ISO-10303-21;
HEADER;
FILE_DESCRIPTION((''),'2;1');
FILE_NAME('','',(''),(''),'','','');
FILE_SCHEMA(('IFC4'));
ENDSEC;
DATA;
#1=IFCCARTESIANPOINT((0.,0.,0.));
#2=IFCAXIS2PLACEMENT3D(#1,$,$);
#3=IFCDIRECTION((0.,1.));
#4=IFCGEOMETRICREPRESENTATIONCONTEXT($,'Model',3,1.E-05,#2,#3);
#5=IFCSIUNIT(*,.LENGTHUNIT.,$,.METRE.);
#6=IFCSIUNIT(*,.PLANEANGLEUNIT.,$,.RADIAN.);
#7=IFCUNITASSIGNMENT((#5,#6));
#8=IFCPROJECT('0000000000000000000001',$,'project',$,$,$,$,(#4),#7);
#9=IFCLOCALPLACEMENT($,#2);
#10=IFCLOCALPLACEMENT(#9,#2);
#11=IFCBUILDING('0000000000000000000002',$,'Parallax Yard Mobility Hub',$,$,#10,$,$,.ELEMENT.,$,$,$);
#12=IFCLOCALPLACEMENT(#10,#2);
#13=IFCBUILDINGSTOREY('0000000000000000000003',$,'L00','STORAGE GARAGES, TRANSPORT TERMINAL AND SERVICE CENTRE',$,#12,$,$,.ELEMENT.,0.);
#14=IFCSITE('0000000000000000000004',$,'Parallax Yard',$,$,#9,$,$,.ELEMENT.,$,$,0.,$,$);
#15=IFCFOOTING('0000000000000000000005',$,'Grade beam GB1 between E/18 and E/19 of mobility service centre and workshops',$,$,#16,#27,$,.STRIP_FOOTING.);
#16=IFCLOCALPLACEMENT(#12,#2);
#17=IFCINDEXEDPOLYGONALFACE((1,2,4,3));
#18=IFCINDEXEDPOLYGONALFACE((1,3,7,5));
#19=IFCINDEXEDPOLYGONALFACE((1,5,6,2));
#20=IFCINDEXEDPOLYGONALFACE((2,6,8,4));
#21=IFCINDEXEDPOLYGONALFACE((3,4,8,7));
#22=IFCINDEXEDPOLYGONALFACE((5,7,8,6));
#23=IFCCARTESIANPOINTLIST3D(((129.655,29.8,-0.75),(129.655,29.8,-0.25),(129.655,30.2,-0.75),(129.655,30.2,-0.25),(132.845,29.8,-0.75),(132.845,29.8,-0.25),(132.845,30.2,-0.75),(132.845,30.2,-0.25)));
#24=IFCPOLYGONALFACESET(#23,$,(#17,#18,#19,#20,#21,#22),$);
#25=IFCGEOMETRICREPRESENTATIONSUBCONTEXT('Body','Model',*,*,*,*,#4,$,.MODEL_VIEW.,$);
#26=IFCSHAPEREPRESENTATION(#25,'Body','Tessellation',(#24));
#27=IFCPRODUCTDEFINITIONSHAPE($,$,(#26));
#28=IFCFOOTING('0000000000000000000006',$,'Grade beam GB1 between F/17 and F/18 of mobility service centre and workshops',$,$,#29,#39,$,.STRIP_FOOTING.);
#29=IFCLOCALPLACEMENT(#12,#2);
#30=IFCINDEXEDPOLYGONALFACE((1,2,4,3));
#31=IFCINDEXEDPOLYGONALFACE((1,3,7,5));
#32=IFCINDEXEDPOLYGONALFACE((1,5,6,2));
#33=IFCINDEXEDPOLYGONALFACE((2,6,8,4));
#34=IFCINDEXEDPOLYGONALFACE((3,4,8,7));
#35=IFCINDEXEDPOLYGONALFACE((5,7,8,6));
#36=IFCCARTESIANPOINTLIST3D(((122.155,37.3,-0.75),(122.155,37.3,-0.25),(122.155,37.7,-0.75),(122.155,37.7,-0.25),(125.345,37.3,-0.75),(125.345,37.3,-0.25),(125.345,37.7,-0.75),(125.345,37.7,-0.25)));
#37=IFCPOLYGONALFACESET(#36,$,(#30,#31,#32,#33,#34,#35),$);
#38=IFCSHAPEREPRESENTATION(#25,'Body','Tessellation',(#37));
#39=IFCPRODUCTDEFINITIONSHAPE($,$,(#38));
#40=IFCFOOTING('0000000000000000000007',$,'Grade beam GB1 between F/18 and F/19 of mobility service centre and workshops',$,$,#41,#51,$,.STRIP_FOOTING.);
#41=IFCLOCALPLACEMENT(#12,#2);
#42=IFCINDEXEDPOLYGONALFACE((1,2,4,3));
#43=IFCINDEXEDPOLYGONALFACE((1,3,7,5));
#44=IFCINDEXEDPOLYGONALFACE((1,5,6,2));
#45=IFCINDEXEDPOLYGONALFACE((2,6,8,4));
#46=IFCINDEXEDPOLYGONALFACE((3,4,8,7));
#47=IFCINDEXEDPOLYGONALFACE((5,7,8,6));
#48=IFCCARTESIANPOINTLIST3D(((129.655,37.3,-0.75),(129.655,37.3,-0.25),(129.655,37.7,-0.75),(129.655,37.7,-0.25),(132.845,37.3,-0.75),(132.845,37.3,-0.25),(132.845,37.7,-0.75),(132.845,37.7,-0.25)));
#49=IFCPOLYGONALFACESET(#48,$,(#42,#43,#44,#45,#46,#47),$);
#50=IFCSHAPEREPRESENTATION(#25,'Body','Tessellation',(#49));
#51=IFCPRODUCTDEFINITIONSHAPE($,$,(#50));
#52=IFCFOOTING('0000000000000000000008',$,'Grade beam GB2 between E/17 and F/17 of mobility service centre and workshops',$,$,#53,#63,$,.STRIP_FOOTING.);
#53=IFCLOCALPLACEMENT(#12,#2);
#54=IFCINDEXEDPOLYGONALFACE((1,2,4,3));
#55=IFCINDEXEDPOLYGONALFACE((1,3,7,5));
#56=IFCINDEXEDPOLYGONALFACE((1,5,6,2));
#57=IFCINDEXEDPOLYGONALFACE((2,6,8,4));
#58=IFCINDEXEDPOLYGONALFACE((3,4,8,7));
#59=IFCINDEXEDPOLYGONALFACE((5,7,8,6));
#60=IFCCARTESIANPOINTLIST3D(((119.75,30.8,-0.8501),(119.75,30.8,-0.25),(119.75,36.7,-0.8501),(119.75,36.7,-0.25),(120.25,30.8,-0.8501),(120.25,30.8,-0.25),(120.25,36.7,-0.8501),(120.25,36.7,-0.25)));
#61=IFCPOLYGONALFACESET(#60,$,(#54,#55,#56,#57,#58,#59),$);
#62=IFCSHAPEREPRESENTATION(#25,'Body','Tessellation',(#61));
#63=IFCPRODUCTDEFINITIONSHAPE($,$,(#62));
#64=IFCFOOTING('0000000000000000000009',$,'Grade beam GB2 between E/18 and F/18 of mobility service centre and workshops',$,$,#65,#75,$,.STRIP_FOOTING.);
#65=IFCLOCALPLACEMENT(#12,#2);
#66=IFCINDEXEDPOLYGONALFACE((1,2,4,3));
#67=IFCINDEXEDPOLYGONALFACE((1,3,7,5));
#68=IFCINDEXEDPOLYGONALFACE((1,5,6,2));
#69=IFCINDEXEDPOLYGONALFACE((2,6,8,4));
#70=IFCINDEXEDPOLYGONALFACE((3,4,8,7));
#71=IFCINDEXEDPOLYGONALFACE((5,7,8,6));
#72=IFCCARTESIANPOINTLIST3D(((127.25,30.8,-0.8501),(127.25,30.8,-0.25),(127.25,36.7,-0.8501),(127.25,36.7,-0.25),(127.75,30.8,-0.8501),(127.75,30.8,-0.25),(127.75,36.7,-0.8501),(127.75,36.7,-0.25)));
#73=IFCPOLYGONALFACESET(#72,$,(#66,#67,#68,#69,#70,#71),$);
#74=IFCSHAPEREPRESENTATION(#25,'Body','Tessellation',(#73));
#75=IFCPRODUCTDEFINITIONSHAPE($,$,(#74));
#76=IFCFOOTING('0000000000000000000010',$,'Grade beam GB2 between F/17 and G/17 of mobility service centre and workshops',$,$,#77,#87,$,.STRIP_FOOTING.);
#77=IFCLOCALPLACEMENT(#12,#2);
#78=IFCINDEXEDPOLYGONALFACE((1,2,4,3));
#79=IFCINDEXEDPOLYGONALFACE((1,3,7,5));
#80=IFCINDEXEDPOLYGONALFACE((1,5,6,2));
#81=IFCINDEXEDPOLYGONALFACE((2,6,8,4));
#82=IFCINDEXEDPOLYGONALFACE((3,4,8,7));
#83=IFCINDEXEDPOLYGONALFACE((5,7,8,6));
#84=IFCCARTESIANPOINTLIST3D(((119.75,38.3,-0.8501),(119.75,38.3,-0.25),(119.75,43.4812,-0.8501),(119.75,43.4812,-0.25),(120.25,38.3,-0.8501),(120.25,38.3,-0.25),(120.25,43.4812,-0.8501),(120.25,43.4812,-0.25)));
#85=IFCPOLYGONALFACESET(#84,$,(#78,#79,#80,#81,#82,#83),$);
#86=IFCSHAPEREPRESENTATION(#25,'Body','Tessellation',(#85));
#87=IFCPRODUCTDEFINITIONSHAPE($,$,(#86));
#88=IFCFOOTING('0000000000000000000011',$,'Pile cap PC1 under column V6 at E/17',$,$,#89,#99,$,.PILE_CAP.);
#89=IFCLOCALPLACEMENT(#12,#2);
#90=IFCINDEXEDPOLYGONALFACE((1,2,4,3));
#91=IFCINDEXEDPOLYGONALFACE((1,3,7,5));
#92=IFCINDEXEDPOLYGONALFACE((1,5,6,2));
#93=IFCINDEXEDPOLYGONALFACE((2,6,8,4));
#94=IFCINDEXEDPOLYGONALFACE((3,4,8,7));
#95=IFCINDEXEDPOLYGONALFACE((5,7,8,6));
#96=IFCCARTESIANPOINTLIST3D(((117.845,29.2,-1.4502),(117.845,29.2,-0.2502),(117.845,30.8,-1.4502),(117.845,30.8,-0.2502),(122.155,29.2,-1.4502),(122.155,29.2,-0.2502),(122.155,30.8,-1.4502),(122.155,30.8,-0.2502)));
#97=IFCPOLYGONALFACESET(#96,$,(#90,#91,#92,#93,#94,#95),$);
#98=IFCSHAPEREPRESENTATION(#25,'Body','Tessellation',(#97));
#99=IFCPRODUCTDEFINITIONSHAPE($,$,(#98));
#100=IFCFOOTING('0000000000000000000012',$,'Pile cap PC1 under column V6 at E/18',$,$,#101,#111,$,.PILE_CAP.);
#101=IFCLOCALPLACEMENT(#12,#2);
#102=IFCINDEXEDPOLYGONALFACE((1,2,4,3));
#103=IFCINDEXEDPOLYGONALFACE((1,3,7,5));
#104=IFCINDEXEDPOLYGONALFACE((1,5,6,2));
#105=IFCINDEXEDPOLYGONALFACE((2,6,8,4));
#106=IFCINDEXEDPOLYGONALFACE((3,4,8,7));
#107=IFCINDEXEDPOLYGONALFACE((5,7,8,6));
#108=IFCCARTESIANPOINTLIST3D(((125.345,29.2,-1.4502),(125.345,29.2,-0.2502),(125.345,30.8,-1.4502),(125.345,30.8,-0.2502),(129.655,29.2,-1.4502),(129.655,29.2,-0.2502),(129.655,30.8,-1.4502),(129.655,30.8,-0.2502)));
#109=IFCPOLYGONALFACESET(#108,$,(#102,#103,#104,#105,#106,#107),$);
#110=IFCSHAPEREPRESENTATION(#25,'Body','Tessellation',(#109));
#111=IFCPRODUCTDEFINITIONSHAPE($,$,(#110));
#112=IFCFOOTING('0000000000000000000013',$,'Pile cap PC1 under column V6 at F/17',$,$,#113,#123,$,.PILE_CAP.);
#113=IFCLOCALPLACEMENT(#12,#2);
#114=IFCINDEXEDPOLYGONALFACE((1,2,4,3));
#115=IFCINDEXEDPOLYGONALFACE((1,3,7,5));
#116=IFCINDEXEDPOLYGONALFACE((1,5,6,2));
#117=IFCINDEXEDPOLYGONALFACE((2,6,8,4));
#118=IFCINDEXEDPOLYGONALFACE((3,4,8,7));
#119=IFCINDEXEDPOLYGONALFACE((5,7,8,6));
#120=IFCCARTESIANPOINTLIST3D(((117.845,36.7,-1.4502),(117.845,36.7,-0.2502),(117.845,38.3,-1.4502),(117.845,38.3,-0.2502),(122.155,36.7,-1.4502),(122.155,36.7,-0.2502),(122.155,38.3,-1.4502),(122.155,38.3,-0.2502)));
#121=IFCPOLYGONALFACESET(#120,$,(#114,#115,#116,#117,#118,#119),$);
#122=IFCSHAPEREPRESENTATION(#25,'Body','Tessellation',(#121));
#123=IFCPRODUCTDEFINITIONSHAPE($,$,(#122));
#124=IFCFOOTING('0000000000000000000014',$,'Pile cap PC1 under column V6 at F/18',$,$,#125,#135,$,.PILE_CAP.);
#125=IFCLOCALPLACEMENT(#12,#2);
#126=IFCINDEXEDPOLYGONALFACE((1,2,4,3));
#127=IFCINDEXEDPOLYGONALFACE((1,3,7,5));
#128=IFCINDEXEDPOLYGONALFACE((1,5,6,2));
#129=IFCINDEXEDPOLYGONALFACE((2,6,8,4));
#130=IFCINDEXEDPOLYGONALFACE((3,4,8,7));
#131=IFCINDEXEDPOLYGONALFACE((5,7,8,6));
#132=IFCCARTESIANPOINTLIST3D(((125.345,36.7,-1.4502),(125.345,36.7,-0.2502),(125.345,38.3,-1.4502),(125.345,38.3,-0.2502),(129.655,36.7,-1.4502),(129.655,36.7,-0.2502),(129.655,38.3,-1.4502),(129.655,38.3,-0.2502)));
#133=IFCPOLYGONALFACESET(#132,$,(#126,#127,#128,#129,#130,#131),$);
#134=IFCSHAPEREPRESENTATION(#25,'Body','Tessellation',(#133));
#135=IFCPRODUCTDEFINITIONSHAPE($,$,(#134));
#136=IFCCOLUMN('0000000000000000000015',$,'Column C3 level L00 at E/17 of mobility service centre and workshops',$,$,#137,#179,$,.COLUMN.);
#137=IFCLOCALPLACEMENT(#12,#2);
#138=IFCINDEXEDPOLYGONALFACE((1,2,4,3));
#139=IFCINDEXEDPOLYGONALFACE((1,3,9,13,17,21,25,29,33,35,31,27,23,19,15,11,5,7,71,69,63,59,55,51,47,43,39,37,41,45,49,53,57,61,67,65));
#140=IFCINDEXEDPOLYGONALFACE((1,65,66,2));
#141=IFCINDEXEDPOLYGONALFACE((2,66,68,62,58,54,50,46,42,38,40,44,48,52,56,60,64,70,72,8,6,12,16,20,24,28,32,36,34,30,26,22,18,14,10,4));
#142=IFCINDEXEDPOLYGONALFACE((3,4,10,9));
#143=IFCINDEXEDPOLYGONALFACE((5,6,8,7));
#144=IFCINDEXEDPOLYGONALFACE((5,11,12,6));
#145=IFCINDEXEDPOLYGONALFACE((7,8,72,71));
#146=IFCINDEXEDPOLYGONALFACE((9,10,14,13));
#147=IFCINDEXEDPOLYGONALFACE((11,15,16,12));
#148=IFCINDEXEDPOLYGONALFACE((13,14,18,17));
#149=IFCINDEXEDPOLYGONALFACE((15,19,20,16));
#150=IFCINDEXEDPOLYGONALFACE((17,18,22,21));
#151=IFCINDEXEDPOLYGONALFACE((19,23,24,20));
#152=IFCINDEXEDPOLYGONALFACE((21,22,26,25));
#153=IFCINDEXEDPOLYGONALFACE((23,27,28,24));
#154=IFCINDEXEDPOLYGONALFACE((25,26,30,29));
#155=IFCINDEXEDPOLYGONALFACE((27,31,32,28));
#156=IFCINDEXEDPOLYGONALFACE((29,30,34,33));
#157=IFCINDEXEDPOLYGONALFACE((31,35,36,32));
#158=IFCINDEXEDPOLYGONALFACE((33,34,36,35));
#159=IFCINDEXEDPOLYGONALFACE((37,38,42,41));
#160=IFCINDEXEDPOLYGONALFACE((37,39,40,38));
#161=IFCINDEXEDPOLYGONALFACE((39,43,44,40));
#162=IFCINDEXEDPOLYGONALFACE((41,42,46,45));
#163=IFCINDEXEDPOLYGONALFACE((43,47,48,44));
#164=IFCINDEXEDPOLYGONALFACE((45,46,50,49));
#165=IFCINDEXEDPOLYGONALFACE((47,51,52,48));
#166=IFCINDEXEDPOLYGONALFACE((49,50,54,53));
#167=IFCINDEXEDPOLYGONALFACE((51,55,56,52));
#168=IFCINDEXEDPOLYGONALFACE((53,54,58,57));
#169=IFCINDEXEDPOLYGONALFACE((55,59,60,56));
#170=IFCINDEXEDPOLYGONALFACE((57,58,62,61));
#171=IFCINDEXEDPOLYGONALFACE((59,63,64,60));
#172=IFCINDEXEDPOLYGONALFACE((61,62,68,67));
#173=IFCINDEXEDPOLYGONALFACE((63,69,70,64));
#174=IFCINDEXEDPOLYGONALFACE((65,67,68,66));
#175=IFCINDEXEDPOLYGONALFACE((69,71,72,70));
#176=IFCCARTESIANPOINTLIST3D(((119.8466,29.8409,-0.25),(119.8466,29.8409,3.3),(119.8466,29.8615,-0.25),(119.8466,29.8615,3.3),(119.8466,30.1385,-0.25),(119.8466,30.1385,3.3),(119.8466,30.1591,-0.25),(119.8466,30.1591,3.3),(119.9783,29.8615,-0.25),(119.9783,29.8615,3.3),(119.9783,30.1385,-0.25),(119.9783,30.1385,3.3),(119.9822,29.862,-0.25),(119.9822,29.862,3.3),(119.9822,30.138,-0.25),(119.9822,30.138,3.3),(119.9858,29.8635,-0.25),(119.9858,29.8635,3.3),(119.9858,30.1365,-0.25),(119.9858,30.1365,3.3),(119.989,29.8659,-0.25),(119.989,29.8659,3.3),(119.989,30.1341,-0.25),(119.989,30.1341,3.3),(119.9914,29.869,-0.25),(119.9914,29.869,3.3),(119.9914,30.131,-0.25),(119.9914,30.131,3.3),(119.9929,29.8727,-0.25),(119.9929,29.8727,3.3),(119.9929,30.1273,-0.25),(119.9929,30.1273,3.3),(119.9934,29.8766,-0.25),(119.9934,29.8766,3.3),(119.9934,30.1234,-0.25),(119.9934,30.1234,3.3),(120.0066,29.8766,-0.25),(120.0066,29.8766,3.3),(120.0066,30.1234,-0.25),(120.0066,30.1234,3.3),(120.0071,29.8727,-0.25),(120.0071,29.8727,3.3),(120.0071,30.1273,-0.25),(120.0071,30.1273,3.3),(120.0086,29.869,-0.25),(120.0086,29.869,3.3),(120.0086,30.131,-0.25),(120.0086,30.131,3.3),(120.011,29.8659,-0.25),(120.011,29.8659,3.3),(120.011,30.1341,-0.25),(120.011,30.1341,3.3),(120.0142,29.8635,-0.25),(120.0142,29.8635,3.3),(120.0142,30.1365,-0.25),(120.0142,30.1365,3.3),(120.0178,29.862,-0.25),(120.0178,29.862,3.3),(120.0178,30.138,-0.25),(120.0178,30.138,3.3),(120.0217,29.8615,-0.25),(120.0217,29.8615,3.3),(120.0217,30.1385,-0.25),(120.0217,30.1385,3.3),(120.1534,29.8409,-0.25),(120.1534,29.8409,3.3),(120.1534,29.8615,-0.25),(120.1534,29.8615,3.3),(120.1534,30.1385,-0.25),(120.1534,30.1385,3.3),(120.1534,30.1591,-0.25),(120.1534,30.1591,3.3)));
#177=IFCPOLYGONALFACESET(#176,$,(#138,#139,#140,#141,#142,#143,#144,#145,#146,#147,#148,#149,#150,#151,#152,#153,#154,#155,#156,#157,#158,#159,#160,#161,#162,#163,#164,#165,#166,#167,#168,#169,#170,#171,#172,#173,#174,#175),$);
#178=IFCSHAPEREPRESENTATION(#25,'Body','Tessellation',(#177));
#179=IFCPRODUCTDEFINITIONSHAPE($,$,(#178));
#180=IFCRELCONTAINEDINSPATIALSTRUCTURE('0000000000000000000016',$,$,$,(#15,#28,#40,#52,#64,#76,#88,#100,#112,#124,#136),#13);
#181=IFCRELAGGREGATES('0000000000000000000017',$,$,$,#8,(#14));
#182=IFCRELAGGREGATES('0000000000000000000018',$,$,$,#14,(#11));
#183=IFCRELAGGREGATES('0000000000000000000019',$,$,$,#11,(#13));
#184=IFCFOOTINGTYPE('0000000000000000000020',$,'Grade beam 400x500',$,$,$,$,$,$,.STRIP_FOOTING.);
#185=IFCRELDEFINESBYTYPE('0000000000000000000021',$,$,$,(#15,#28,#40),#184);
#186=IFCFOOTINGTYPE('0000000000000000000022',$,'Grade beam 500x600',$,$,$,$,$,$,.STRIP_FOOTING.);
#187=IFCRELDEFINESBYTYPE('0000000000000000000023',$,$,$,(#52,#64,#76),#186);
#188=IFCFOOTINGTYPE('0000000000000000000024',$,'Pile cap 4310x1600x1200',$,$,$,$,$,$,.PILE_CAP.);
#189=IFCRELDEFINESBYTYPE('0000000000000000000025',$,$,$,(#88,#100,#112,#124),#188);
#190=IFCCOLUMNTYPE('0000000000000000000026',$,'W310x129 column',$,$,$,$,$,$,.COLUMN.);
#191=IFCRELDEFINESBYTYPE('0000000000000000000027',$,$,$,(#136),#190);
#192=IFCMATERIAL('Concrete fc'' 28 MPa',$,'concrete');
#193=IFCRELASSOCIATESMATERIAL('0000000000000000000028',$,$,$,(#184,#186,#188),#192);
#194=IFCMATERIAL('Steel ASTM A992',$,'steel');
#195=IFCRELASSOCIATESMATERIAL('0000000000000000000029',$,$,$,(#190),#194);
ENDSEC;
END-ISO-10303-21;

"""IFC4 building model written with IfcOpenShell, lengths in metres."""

from ifc_helpers import new_model, si_unit, direction, frame, origin, origin_2d, place, context, subcontext, project, spatial, rectangle, i_section, extrude, material, material_profile, profile_set, type_object, element, save


model = new_model("IFC4")

# Units and contexts
model_context = context("Model", 3, precision=1e-05, world=origin(), true_north=direction((0.0, 1.0)))
body_context = subcontext(model_context, "Body", "Model", "MODEL_VIEW")
ifc_project = project(units=[si_unit("LENGTHUNIT", "METRE"), si_unit("PLANEANGLEUNIT", "RADIAN")], contexts=[model_context])

# Site, building, storey
site_placement = place(None, origin())
site = spatial("IfcSite", under=ifc_project, at=site_placement, Name="Parallax Yard", CompositionType="ELEMENT", RefElevation=0.0)
building_placement = place(site_placement, origin())
building = spatial("IfcBuilding", under=site, at=building_placement, Name="Parallax Yard Mobility Hub", CompositionType="ELEMENT")
storey_placement = place(building_placement, origin())
storey = spatial("IfcBuildingStorey", under=building, at=storey_placement, Name="L00", Description="STORAGE GARAGES, TRANSPORT TERMINAL AND SERVICE CENTRE", CompositionType="ELEMENT", Elevation=0.0)

# Shared definitions
ifc_material_1 = material(Name="Concrete fc' 28 MPa", Category="concrete")

# Footings
ifc_material_profile_1 = material_profile(ifc_material_1, rectangle(XDim=0.3999, YDim=0.5, at=origin_2d()), Name="Grade beam 400x500")
ifc_profile_set_1 = profile_set([ifc_material_profile_1], Name="Concrete fc' 28 MPa")
footing_type_1 = type_object("IfcFootingType", Name="Grade beam 400x500", PredefinedType="STRIP_FOOTING", material=ifc_profile_set_1)
for number, where, z_axis, x_axis, name in (
    (1, (129.655, 30.0, -0.5), (1.0, 0.0, 0.0), (0.0, 1.0, 0.0), "Grade beam GB1 between E/18 and E/19 of mobility service centre and workshops"),
    (2, (122.155, 37.5, -0.5), (1.0, 0.0, 0.0), (0.0, 1.0, 0.0), "Grade beam GB1 between F/17 and F/18 of mobility service centre and workshops"),
    (3, (129.655, 37.5, -0.5), (1.0, 0.0, 0.0), (0.0, 1.0, 0.0), "Grade beam GB1 between F/18 and F/19 of mobility service centre and workshops"),
):
    element("IfcFooting", number, at=place(storey_placement, frame(where, z_axis=z_axis, x_axis=x_axis)), inside=storey, type_object=footing_type_1, Name=name, PredefinedType="STRIP_FOOTING", context=body_context, shape_type="SweptSolid", body=[
        extrude(rectangle(XDim=0.3999, YDim=0.5, at=origin_2d()), origin(), (0.0, 0.0, 1.0), 3.1899),
    ])
ifc_material_profile_2 = material_profile(ifc_material_1, rectangle(XDim=0.5, YDim=0.6001, at=origin_2d()), Name="Grade beam 500x600")
ifc_profile_set_2 = profile_set([ifc_material_profile_2], Name="Concrete fc' 28 MPa")
footing_type_2 = type_object("IfcFootingType", Name="Grade beam 500x600", PredefinedType="STRIP_FOOTING", material=ifc_profile_set_2)
for number, where, z_axis, x_axis, name in (
    (4, (120.0, 30.8, -0.55), (0.0, 1.0, 0.0), (-1.0, 0.0, 0.0), "Grade beam GB2 between E/17 and F/17 of mobility service centre and workshops"),
    (5, (127.5, 30.8, -0.55), (0.0, 1.0, 0.0), (-1.0, 0.0, 0.0), "Grade beam GB2 between E/18 and F/18 of mobility service centre and workshops"),
):
    element("IfcFooting", number, at=place(storey_placement, frame(where, z_axis=z_axis, x_axis=x_axis)), inside=storey, type_object=footing_type_2, Name=name, PredefinedType="STRIP_FOOTING", context=body_context, shape_type="SweptSolid", body=[
        extrude(rectangle(XDim=0.5, YDim=0.6001, at=origin_2d()), origin(), (0.0, 0.0, 1.0), 5.8999),
    ])
footing_placement = place(storey_placement, frame((120.0, 38.3, -0.55), z_axis=(0.0, 1.0, 0.0), x_axis=(-1.0, 0.0, 0.0)))
element("IfcFooting", 6, at=footing_placement, inside=storey, type_object=footing_type_2, Name="Grade beam GB2 between F/17 and G/17 of mobility service centre and workshops", PredefinedType="STRIP_FOOTING", context=body_context, shape_type="SweptSolid", body=[
    extrude(rectangle(XDim=0.5, YDim=0.6001, at=origin_2d()), origin(), (0.0, 0.0, 1.0), 5.1812),
])
footing_type_3 = type_object("IfcFootingType", Name="Pile cap 4310x1600x1200", PredefinedType="PILE_CAP", material=ifc_material_1)
for number, where, z_axis, x_axis, name in (
    (7, (120.0, 30.0, -1.4502), (0.0, 0.0, 1.0), (1.0, 0.0, 0.0), "Pile cap PC1 under column V6 at E/17"),
    (8, (127.5, 30.0, -1.4502), (0.0, 0.0, 1.0), (1.0, 0.0, 0.0), "Pile cap PC1 under column V6 at E/18"),
    (9, (120.0, 37.5, -1.4502), (0.0, 0.0, 1.0), (1.0, 0.0, 0.0), "Pile cap PC1 under column V6 at F/17"),
    (10, (127.5, 37.5, -1.4502), (0.0, 0.0, 1.0), (1.0, 0.0, 0.0), "Pile cap PC1 under column V6 at F/18"),
):
    element("IfcFooting", number, at=place(storey_placement, frame(where, z_axis=z_axis, x_axis=x_axis)), inside=storey, type_object=footing_type_3, Name=name, PredefinedType="PILE_CAP", context=body_context, shape_type="SweptSolid", body=[
        extrude(rectangle(XDim=4.3101, YDim=1.6001, at=origin_2d()), origin(), (0.0, 0.0, 1.0), 1.2),
    ])

# Column
ifc_material_2 = material(Name="Steel ASTM A992", Category="steel")
ifc_material_profile_3 = material_profile(ifc_material_2, i_section(OverallWidth=0.3069, OverallDepth=0.3181, WebThickness=0.0132, FlangeThickness=0.0205, FilletRadius=0.0151, at=origin_2d()), Name="W310x129")
ifc_profile_set_3 = profile_set([ifc_material_profile_3], Name="Steel ASTM A992")
column_type_1 = type_object("IfcColumnType", Name="W310x129 column", PredefinedType="COLUMN", material=ifc_profile_set_3)
for number, where, z_axis, x_axis, name in (
    (11, (120.0, 30.0, -0.25), (0.0, 0.0, 1.0), (1.0, 0.0, 0.0), "Column C3 level L00 at E/17 of mobility service centre and workshops"),
):
    element("IfcColumn", number, at=place(storey_placement, frame(where, z_axis=z_axis, x_axis=x_axis)), inside=storey, type_object=column_type_1, Name=name, PredefinedType="COLUMN", context=body_context, shape_type="SweptSolid", body=[
        extrude(i_section(OverallWidth=0.3069, OverallDepth=0.3181, WebThickness=0.0132, FlangeThickness=0.0205, FilletRadius=0.0151, at=origin_2d()), origin(), (0.0, 0.0, 1.0), 3.55),
    ])

save(model, "model.ifc")
